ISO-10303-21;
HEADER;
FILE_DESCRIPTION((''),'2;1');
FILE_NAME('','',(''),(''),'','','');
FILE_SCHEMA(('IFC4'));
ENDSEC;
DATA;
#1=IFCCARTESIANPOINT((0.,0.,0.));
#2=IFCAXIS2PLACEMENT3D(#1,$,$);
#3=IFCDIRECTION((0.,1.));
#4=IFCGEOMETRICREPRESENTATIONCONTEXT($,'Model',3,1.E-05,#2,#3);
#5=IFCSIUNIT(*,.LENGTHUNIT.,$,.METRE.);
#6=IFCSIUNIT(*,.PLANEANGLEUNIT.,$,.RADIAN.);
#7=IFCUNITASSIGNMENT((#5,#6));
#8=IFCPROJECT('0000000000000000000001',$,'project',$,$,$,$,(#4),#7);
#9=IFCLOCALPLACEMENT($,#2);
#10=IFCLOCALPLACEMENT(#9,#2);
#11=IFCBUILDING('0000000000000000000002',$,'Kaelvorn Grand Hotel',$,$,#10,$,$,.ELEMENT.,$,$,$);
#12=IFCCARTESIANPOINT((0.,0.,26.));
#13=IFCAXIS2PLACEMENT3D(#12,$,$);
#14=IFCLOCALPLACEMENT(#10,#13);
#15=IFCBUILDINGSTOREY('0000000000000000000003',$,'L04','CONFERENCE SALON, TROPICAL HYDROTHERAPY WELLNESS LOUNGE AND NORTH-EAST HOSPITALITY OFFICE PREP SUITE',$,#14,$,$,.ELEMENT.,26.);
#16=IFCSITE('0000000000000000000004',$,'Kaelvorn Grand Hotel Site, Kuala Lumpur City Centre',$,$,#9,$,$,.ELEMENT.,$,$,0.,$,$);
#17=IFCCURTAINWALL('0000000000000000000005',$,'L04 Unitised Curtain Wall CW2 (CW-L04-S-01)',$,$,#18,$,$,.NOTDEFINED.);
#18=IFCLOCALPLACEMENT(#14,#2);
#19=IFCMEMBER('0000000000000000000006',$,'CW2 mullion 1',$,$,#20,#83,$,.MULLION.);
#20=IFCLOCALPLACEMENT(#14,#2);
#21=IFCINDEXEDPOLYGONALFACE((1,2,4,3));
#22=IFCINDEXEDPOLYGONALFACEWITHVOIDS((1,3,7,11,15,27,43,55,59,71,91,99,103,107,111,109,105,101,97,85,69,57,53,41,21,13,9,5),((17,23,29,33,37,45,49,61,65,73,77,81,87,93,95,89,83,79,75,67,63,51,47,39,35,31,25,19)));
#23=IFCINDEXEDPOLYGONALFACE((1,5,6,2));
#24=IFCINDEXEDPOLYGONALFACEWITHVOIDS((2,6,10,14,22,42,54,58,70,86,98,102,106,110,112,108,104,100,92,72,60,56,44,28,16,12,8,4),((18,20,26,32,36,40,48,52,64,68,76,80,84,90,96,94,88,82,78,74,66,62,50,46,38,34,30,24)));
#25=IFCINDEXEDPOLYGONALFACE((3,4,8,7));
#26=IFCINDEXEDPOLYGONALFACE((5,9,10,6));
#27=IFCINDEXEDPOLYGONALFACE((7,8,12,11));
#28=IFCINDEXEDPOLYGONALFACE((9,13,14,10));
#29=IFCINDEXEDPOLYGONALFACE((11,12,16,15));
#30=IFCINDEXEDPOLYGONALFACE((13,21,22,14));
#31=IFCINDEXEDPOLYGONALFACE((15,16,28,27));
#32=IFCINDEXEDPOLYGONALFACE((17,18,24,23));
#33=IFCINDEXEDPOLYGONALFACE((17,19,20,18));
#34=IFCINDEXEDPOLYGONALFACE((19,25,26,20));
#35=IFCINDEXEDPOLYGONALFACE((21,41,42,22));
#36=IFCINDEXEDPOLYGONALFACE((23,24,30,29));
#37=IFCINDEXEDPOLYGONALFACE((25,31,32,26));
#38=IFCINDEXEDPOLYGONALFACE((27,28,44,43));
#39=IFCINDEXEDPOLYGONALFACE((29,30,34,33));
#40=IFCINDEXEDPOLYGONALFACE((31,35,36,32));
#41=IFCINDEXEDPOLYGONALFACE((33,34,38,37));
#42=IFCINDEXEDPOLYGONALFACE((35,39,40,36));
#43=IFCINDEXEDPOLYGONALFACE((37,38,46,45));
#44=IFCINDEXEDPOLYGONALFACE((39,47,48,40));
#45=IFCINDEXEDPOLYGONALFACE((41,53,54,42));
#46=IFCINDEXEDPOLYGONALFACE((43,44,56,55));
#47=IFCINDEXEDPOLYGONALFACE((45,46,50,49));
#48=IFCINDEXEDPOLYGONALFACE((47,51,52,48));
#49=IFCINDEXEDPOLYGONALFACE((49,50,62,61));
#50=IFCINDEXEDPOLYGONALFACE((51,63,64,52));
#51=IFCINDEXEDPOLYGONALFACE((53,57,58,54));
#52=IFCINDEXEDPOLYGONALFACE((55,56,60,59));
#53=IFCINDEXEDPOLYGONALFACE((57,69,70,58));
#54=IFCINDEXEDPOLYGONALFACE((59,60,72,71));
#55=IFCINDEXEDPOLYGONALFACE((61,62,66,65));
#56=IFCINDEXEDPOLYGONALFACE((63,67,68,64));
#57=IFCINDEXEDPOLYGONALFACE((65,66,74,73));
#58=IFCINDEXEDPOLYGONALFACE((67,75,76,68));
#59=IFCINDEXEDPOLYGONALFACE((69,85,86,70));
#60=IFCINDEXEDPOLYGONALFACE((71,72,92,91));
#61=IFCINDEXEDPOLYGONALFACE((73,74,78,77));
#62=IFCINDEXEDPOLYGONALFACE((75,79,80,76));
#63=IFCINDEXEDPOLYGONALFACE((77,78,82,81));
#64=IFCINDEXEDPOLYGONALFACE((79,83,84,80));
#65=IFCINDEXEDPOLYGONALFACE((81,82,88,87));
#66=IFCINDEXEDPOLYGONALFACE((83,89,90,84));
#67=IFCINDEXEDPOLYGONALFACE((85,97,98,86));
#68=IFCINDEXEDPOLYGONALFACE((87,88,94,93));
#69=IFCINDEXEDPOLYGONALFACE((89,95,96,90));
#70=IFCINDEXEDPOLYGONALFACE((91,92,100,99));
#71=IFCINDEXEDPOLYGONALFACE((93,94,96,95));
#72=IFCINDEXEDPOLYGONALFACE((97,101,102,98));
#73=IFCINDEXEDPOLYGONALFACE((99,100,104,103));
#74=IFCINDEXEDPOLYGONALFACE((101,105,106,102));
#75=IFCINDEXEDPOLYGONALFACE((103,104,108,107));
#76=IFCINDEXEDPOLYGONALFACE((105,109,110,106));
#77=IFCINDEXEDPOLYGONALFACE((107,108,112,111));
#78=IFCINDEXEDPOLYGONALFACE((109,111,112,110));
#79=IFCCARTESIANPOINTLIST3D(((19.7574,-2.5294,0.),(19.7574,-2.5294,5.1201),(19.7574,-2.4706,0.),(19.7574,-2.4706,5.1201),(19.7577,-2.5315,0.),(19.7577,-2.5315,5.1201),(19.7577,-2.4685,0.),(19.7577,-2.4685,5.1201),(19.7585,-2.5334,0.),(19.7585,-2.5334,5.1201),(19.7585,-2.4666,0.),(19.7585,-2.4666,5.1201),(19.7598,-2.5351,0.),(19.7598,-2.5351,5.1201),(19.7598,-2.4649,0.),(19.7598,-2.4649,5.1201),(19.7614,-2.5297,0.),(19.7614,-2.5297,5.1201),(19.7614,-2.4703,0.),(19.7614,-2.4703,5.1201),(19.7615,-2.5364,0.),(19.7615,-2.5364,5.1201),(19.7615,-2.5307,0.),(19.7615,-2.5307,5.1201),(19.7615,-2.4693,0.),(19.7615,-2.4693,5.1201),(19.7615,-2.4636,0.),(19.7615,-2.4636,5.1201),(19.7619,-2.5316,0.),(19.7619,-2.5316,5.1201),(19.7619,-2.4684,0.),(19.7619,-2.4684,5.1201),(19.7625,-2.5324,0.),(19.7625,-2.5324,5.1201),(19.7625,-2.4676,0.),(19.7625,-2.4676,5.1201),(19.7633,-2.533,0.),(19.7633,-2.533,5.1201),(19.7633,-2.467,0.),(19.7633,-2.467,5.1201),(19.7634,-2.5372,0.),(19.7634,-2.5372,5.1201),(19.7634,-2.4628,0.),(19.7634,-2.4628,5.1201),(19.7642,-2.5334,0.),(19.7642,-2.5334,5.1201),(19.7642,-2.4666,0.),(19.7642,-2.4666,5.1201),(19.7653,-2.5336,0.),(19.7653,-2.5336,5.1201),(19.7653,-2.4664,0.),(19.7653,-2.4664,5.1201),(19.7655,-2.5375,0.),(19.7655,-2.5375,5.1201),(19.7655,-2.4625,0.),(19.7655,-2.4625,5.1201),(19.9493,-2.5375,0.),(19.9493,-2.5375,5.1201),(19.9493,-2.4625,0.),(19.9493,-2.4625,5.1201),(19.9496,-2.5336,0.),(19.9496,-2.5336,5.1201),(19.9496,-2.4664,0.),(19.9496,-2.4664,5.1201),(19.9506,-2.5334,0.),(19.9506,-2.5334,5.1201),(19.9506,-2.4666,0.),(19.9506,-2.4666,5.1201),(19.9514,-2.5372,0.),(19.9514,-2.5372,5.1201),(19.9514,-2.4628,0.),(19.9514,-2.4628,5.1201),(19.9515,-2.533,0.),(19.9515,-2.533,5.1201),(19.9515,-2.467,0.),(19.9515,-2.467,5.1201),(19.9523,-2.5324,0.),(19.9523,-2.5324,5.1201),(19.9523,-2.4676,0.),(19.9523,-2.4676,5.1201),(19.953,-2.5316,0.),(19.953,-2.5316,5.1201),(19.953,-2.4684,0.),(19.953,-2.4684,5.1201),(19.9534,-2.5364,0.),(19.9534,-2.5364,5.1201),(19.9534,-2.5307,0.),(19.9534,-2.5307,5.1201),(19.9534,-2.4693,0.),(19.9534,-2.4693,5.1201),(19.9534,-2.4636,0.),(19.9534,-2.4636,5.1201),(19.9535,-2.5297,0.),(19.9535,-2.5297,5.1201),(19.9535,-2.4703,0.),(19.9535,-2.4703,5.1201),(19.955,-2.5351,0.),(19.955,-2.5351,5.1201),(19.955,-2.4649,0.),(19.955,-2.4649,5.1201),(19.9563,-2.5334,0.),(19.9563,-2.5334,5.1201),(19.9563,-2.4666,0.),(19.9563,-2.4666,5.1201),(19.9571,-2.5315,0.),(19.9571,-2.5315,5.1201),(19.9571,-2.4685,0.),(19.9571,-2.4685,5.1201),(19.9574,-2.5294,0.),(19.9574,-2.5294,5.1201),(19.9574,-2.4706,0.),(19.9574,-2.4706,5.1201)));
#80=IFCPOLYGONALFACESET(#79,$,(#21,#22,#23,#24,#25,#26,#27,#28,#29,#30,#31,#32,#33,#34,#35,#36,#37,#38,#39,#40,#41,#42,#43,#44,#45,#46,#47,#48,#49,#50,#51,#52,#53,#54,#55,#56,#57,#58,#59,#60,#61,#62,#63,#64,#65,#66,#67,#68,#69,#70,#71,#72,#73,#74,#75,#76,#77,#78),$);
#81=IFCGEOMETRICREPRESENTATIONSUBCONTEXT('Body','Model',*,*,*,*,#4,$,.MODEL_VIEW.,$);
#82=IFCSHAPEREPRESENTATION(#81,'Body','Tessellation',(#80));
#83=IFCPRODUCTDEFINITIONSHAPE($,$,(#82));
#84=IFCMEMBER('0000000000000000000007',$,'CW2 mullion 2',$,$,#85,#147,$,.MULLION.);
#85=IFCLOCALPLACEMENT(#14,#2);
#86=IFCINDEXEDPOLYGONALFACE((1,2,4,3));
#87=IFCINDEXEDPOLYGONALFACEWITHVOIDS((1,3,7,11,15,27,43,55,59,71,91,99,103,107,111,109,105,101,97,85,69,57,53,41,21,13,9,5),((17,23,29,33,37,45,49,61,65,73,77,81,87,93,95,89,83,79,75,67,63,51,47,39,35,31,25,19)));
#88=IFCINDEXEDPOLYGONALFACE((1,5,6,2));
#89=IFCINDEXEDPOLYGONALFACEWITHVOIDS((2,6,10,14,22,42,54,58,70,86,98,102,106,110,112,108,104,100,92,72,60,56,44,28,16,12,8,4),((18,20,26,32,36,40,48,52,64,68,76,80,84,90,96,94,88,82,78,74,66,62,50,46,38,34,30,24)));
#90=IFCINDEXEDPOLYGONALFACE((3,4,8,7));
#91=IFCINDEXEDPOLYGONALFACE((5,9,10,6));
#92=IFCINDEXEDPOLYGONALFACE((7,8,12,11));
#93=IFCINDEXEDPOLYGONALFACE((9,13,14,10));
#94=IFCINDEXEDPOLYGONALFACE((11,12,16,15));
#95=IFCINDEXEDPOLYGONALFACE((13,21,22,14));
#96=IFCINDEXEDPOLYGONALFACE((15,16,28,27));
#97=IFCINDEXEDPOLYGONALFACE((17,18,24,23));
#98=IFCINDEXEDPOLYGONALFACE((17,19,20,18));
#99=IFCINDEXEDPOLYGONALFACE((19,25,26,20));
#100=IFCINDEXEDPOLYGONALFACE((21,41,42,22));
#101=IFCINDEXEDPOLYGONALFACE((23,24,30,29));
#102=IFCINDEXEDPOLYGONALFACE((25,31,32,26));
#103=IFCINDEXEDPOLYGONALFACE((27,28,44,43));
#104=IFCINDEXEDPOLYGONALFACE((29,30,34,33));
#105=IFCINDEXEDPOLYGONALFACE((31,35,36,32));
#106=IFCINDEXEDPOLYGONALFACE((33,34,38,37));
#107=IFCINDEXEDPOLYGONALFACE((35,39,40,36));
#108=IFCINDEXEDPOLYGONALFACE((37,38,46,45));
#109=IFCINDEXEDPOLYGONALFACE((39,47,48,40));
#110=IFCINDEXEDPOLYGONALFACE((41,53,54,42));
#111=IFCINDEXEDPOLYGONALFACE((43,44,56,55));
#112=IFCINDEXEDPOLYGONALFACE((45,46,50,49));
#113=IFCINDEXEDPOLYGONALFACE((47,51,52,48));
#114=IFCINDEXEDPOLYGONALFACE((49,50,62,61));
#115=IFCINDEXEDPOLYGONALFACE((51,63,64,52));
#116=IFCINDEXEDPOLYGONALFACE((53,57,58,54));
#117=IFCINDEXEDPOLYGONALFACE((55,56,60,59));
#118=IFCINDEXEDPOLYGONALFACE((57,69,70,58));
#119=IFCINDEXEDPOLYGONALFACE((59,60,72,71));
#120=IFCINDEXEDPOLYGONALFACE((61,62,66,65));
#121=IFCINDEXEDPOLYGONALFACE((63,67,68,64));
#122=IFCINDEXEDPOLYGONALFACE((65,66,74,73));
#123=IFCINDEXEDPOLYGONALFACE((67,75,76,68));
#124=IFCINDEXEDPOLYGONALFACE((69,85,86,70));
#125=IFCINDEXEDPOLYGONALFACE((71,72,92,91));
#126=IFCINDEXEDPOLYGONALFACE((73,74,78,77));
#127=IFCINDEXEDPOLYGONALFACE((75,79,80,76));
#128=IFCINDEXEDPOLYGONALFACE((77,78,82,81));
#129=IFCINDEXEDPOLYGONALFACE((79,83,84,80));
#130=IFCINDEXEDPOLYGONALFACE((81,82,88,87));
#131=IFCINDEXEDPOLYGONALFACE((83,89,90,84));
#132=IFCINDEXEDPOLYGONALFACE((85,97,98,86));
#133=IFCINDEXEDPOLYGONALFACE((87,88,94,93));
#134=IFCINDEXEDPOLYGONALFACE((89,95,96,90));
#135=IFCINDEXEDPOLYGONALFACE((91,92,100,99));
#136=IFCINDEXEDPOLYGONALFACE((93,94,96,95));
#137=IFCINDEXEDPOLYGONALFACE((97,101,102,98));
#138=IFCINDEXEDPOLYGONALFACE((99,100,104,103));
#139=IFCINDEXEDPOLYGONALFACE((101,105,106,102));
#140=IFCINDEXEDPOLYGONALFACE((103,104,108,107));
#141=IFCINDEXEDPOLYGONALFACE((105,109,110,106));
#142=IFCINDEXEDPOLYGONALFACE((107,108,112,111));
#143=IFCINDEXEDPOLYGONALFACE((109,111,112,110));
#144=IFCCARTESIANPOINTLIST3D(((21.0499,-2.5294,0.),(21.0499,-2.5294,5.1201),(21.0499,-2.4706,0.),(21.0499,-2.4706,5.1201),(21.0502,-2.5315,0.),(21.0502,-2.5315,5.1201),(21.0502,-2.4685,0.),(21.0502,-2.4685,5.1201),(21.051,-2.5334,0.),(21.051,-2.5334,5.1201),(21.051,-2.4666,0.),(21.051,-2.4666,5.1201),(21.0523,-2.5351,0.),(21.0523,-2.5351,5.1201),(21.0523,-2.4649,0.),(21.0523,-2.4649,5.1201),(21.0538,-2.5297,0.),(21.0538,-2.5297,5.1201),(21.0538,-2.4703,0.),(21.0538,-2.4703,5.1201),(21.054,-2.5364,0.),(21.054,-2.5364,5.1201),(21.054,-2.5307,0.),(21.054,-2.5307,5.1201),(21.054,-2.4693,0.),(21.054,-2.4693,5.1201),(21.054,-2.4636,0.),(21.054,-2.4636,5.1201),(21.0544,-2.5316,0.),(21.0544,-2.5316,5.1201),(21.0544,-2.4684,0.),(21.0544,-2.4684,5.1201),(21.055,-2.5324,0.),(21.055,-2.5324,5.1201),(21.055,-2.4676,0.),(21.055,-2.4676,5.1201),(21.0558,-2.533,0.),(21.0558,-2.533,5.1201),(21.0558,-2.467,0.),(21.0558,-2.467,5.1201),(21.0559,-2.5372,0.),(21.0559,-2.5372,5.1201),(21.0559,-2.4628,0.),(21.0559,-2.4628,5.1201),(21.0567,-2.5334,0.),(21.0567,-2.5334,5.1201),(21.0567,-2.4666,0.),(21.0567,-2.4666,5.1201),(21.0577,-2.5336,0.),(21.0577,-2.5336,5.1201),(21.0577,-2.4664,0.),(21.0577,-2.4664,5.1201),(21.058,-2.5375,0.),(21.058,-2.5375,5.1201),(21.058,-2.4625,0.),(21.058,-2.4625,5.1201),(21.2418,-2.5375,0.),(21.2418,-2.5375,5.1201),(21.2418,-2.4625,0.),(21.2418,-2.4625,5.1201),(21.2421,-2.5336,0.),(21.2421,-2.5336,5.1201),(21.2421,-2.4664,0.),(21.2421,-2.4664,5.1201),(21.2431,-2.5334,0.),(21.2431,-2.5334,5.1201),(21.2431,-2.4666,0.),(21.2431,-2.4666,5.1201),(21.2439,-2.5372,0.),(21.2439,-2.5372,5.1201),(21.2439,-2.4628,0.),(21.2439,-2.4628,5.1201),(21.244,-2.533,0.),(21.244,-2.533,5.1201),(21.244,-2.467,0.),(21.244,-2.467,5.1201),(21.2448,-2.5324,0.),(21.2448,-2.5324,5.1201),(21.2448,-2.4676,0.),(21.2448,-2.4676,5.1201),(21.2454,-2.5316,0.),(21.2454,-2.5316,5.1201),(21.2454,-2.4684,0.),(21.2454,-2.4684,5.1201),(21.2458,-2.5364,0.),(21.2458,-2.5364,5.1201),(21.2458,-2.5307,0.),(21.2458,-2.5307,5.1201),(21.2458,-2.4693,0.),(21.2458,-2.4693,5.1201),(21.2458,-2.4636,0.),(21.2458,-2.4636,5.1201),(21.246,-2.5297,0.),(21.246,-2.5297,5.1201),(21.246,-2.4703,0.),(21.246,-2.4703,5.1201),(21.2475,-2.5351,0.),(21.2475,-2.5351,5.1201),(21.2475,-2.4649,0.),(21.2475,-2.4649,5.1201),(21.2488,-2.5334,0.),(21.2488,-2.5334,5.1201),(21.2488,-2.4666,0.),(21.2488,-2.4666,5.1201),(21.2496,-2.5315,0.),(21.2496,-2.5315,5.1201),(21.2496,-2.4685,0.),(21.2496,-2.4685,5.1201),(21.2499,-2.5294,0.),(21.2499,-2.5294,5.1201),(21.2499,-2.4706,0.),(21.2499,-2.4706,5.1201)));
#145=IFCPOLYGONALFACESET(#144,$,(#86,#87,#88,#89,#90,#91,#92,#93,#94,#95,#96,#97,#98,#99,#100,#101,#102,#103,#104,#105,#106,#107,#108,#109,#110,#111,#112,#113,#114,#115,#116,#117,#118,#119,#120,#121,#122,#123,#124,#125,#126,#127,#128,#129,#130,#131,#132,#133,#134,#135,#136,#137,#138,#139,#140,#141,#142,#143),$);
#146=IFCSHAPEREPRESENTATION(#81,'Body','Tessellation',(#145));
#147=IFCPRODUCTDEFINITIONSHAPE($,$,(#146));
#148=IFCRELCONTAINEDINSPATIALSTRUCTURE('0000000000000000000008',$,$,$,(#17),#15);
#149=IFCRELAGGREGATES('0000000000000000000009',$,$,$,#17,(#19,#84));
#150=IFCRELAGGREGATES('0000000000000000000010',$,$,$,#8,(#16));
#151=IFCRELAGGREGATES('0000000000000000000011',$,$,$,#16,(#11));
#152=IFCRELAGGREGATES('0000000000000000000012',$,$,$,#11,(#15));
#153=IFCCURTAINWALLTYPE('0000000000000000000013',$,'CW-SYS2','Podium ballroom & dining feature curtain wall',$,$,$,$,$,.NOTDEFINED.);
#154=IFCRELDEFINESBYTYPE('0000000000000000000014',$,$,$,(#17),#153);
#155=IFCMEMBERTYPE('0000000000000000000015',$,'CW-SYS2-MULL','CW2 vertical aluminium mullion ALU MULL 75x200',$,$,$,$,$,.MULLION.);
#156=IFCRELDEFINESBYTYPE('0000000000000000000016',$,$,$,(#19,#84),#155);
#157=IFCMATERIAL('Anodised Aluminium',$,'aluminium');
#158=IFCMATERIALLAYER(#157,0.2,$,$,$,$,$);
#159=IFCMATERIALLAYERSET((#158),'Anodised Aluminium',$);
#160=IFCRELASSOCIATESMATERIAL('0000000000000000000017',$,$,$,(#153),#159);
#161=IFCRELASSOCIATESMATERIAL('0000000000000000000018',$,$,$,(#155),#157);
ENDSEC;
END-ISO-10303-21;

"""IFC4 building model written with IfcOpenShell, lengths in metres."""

from ifc_helpers import new_model, si_unit, direction, frame, origin, origin_2d, place, context, subcontext, project, spatial, hollow_rectangle, extrude, material, layer, layer_set, material_profile, profile_set, type_object, element, aggregate, save


model = new_model("IFC4")

# Units and contexts
model_context = context("Model", 3, precision=1e-05, world=origin(), true_north=direction((0.0, 1.0)))
body_context = subcontext(model_context, "Body", "Model", "MODEL_VIEW")
ifc_project = project(units=[si_unit("LENGTHUNIT", "METRE"), si_unit("PLANEANGLEUNIT", "RADIAN")], contexts=[model_context])

# Site, building, storey
site_placement = place(None, origin())
site = spatial("IfcSite", under=ifc_project, at=site_placement, Name="Kaelvorn Grand Hotel Site, Kuala Lumpur City Centre", CompositionType="ELEMENT", RefElevation=0.0)
building_placement = place(site_placement, origin())
building = spatial("IfcBuilding", under=site, at=building_placement, Name="Kaelvorn Grand Hotel", CompositionType="ELEMENT")
storey_placement = place(building_placement, frame((0.0, 0.0, 26.0)))
storey = spatial("IfcBuildingStorey", under=building, at=storey_placement, Name="L04", Description="CONFERENCE SALON, TROPICAL HYDROTHERAPY WELLNESS LOUNGE AND NORTH-EAST HOSPITALITY OFFICE PREP SUITE", CompositionType="ELEMENT", Elevation=26.0)

# Curtain wall, members
ifc_material_1 = material(Name="Anodised Aluminium", Category="aluminium")
ifc_layer_1 = layer(ifc_material_1, 0.2)
ifc_layer_set_1 = layer_set([ifc_layer_1], Name="Anodised Aluminium")
curtain_wall_type = type_object("IfcCurtainWallType", Name="CW-SYS2", Description="Podium ballroom & dining feature curtain wall", PredefinedType="NOTDEFINED", material=ifc_layer_set_1)
curtain_wall_placement = place(storey_placement, origin())
curtain_wall = element("IfcCurtainWall", 1, at=curtain_wall_placement, inside=storey, type_object=curtain_wall_type, Name="L04 Unitised Curtain Wall CW2 (CW-L04-S-01)", PredefinedType="NOTDEFINED")
ifc_material_profile_1 = material_profile(ifc_material_1, hollow_rectangle(XDim=0.075, YDim=0.2, WallThickness=0.0039, InnerFilletRadius=0.0039, OuterFilletRadius=0.0081, at=origin_2d()), Name="ALU MULL 75x200")
ifc_profile_set_1 = profile_set([ifc_material_profile_1], Name="Anodised Aluminium")
member_type_1 = type_object("IfcMemberType", Name="CW-SYS2-MULL", Description="CW2 vertical aluminium mullion ALU MULL 75x200", PredefinedType="MULLION", material=ifc_profile_set_1)
member_1_placement = place(storey_placement, frame((19.8574, -2.5, 0.0), z_axis=(0.0, 0.0, 1.0), x_axis=(0.0, 1.0, 0.0)))
member_1 = element("IfcMember", 2, at=member_1_placement, type_object=member_type_1, Name="CW2 mullion 1", PredefinedType="MULLION", context=body_context, shape_type="SweptSolid", body=[
    extrude(hollow_rectangle(XDim=0.075, YDim=0.2, WallThickness=0.0039, InnerFilletRadius=0.0039, OuterFilletRadius=0.0081, at=origin_2d()), origin(), (0.0, 0.0, 1.0), 5.1201),
])
member_2_placement = place(storey_placement, frame((21.1499, -2.5, 0.0), z_axis=(0.0, 0.0, 1.0), x_axis=(0.0, 1.0, 0.0)))
member_2 = element("IfcMember", 3, at=member_2_placement, type_object=member_type_1, Name="CW2 mullion 2", PredefinedType="MULLION", context=body_context, shape_type="SweptSolid", body=[
    extrude(hollow_rectangle(XDim=0.075, YDim=0.2, WallThickness=0.0039, InnerFilletRadius=0.0039, OuterFilletRadius=0.0081, at=origin_2d()), origin(), (0.0, 0.0, 1.0), 5.1201),
])
aggregate(curtain_wall, [member_1, member_2])

save(model, "model.ifc")
